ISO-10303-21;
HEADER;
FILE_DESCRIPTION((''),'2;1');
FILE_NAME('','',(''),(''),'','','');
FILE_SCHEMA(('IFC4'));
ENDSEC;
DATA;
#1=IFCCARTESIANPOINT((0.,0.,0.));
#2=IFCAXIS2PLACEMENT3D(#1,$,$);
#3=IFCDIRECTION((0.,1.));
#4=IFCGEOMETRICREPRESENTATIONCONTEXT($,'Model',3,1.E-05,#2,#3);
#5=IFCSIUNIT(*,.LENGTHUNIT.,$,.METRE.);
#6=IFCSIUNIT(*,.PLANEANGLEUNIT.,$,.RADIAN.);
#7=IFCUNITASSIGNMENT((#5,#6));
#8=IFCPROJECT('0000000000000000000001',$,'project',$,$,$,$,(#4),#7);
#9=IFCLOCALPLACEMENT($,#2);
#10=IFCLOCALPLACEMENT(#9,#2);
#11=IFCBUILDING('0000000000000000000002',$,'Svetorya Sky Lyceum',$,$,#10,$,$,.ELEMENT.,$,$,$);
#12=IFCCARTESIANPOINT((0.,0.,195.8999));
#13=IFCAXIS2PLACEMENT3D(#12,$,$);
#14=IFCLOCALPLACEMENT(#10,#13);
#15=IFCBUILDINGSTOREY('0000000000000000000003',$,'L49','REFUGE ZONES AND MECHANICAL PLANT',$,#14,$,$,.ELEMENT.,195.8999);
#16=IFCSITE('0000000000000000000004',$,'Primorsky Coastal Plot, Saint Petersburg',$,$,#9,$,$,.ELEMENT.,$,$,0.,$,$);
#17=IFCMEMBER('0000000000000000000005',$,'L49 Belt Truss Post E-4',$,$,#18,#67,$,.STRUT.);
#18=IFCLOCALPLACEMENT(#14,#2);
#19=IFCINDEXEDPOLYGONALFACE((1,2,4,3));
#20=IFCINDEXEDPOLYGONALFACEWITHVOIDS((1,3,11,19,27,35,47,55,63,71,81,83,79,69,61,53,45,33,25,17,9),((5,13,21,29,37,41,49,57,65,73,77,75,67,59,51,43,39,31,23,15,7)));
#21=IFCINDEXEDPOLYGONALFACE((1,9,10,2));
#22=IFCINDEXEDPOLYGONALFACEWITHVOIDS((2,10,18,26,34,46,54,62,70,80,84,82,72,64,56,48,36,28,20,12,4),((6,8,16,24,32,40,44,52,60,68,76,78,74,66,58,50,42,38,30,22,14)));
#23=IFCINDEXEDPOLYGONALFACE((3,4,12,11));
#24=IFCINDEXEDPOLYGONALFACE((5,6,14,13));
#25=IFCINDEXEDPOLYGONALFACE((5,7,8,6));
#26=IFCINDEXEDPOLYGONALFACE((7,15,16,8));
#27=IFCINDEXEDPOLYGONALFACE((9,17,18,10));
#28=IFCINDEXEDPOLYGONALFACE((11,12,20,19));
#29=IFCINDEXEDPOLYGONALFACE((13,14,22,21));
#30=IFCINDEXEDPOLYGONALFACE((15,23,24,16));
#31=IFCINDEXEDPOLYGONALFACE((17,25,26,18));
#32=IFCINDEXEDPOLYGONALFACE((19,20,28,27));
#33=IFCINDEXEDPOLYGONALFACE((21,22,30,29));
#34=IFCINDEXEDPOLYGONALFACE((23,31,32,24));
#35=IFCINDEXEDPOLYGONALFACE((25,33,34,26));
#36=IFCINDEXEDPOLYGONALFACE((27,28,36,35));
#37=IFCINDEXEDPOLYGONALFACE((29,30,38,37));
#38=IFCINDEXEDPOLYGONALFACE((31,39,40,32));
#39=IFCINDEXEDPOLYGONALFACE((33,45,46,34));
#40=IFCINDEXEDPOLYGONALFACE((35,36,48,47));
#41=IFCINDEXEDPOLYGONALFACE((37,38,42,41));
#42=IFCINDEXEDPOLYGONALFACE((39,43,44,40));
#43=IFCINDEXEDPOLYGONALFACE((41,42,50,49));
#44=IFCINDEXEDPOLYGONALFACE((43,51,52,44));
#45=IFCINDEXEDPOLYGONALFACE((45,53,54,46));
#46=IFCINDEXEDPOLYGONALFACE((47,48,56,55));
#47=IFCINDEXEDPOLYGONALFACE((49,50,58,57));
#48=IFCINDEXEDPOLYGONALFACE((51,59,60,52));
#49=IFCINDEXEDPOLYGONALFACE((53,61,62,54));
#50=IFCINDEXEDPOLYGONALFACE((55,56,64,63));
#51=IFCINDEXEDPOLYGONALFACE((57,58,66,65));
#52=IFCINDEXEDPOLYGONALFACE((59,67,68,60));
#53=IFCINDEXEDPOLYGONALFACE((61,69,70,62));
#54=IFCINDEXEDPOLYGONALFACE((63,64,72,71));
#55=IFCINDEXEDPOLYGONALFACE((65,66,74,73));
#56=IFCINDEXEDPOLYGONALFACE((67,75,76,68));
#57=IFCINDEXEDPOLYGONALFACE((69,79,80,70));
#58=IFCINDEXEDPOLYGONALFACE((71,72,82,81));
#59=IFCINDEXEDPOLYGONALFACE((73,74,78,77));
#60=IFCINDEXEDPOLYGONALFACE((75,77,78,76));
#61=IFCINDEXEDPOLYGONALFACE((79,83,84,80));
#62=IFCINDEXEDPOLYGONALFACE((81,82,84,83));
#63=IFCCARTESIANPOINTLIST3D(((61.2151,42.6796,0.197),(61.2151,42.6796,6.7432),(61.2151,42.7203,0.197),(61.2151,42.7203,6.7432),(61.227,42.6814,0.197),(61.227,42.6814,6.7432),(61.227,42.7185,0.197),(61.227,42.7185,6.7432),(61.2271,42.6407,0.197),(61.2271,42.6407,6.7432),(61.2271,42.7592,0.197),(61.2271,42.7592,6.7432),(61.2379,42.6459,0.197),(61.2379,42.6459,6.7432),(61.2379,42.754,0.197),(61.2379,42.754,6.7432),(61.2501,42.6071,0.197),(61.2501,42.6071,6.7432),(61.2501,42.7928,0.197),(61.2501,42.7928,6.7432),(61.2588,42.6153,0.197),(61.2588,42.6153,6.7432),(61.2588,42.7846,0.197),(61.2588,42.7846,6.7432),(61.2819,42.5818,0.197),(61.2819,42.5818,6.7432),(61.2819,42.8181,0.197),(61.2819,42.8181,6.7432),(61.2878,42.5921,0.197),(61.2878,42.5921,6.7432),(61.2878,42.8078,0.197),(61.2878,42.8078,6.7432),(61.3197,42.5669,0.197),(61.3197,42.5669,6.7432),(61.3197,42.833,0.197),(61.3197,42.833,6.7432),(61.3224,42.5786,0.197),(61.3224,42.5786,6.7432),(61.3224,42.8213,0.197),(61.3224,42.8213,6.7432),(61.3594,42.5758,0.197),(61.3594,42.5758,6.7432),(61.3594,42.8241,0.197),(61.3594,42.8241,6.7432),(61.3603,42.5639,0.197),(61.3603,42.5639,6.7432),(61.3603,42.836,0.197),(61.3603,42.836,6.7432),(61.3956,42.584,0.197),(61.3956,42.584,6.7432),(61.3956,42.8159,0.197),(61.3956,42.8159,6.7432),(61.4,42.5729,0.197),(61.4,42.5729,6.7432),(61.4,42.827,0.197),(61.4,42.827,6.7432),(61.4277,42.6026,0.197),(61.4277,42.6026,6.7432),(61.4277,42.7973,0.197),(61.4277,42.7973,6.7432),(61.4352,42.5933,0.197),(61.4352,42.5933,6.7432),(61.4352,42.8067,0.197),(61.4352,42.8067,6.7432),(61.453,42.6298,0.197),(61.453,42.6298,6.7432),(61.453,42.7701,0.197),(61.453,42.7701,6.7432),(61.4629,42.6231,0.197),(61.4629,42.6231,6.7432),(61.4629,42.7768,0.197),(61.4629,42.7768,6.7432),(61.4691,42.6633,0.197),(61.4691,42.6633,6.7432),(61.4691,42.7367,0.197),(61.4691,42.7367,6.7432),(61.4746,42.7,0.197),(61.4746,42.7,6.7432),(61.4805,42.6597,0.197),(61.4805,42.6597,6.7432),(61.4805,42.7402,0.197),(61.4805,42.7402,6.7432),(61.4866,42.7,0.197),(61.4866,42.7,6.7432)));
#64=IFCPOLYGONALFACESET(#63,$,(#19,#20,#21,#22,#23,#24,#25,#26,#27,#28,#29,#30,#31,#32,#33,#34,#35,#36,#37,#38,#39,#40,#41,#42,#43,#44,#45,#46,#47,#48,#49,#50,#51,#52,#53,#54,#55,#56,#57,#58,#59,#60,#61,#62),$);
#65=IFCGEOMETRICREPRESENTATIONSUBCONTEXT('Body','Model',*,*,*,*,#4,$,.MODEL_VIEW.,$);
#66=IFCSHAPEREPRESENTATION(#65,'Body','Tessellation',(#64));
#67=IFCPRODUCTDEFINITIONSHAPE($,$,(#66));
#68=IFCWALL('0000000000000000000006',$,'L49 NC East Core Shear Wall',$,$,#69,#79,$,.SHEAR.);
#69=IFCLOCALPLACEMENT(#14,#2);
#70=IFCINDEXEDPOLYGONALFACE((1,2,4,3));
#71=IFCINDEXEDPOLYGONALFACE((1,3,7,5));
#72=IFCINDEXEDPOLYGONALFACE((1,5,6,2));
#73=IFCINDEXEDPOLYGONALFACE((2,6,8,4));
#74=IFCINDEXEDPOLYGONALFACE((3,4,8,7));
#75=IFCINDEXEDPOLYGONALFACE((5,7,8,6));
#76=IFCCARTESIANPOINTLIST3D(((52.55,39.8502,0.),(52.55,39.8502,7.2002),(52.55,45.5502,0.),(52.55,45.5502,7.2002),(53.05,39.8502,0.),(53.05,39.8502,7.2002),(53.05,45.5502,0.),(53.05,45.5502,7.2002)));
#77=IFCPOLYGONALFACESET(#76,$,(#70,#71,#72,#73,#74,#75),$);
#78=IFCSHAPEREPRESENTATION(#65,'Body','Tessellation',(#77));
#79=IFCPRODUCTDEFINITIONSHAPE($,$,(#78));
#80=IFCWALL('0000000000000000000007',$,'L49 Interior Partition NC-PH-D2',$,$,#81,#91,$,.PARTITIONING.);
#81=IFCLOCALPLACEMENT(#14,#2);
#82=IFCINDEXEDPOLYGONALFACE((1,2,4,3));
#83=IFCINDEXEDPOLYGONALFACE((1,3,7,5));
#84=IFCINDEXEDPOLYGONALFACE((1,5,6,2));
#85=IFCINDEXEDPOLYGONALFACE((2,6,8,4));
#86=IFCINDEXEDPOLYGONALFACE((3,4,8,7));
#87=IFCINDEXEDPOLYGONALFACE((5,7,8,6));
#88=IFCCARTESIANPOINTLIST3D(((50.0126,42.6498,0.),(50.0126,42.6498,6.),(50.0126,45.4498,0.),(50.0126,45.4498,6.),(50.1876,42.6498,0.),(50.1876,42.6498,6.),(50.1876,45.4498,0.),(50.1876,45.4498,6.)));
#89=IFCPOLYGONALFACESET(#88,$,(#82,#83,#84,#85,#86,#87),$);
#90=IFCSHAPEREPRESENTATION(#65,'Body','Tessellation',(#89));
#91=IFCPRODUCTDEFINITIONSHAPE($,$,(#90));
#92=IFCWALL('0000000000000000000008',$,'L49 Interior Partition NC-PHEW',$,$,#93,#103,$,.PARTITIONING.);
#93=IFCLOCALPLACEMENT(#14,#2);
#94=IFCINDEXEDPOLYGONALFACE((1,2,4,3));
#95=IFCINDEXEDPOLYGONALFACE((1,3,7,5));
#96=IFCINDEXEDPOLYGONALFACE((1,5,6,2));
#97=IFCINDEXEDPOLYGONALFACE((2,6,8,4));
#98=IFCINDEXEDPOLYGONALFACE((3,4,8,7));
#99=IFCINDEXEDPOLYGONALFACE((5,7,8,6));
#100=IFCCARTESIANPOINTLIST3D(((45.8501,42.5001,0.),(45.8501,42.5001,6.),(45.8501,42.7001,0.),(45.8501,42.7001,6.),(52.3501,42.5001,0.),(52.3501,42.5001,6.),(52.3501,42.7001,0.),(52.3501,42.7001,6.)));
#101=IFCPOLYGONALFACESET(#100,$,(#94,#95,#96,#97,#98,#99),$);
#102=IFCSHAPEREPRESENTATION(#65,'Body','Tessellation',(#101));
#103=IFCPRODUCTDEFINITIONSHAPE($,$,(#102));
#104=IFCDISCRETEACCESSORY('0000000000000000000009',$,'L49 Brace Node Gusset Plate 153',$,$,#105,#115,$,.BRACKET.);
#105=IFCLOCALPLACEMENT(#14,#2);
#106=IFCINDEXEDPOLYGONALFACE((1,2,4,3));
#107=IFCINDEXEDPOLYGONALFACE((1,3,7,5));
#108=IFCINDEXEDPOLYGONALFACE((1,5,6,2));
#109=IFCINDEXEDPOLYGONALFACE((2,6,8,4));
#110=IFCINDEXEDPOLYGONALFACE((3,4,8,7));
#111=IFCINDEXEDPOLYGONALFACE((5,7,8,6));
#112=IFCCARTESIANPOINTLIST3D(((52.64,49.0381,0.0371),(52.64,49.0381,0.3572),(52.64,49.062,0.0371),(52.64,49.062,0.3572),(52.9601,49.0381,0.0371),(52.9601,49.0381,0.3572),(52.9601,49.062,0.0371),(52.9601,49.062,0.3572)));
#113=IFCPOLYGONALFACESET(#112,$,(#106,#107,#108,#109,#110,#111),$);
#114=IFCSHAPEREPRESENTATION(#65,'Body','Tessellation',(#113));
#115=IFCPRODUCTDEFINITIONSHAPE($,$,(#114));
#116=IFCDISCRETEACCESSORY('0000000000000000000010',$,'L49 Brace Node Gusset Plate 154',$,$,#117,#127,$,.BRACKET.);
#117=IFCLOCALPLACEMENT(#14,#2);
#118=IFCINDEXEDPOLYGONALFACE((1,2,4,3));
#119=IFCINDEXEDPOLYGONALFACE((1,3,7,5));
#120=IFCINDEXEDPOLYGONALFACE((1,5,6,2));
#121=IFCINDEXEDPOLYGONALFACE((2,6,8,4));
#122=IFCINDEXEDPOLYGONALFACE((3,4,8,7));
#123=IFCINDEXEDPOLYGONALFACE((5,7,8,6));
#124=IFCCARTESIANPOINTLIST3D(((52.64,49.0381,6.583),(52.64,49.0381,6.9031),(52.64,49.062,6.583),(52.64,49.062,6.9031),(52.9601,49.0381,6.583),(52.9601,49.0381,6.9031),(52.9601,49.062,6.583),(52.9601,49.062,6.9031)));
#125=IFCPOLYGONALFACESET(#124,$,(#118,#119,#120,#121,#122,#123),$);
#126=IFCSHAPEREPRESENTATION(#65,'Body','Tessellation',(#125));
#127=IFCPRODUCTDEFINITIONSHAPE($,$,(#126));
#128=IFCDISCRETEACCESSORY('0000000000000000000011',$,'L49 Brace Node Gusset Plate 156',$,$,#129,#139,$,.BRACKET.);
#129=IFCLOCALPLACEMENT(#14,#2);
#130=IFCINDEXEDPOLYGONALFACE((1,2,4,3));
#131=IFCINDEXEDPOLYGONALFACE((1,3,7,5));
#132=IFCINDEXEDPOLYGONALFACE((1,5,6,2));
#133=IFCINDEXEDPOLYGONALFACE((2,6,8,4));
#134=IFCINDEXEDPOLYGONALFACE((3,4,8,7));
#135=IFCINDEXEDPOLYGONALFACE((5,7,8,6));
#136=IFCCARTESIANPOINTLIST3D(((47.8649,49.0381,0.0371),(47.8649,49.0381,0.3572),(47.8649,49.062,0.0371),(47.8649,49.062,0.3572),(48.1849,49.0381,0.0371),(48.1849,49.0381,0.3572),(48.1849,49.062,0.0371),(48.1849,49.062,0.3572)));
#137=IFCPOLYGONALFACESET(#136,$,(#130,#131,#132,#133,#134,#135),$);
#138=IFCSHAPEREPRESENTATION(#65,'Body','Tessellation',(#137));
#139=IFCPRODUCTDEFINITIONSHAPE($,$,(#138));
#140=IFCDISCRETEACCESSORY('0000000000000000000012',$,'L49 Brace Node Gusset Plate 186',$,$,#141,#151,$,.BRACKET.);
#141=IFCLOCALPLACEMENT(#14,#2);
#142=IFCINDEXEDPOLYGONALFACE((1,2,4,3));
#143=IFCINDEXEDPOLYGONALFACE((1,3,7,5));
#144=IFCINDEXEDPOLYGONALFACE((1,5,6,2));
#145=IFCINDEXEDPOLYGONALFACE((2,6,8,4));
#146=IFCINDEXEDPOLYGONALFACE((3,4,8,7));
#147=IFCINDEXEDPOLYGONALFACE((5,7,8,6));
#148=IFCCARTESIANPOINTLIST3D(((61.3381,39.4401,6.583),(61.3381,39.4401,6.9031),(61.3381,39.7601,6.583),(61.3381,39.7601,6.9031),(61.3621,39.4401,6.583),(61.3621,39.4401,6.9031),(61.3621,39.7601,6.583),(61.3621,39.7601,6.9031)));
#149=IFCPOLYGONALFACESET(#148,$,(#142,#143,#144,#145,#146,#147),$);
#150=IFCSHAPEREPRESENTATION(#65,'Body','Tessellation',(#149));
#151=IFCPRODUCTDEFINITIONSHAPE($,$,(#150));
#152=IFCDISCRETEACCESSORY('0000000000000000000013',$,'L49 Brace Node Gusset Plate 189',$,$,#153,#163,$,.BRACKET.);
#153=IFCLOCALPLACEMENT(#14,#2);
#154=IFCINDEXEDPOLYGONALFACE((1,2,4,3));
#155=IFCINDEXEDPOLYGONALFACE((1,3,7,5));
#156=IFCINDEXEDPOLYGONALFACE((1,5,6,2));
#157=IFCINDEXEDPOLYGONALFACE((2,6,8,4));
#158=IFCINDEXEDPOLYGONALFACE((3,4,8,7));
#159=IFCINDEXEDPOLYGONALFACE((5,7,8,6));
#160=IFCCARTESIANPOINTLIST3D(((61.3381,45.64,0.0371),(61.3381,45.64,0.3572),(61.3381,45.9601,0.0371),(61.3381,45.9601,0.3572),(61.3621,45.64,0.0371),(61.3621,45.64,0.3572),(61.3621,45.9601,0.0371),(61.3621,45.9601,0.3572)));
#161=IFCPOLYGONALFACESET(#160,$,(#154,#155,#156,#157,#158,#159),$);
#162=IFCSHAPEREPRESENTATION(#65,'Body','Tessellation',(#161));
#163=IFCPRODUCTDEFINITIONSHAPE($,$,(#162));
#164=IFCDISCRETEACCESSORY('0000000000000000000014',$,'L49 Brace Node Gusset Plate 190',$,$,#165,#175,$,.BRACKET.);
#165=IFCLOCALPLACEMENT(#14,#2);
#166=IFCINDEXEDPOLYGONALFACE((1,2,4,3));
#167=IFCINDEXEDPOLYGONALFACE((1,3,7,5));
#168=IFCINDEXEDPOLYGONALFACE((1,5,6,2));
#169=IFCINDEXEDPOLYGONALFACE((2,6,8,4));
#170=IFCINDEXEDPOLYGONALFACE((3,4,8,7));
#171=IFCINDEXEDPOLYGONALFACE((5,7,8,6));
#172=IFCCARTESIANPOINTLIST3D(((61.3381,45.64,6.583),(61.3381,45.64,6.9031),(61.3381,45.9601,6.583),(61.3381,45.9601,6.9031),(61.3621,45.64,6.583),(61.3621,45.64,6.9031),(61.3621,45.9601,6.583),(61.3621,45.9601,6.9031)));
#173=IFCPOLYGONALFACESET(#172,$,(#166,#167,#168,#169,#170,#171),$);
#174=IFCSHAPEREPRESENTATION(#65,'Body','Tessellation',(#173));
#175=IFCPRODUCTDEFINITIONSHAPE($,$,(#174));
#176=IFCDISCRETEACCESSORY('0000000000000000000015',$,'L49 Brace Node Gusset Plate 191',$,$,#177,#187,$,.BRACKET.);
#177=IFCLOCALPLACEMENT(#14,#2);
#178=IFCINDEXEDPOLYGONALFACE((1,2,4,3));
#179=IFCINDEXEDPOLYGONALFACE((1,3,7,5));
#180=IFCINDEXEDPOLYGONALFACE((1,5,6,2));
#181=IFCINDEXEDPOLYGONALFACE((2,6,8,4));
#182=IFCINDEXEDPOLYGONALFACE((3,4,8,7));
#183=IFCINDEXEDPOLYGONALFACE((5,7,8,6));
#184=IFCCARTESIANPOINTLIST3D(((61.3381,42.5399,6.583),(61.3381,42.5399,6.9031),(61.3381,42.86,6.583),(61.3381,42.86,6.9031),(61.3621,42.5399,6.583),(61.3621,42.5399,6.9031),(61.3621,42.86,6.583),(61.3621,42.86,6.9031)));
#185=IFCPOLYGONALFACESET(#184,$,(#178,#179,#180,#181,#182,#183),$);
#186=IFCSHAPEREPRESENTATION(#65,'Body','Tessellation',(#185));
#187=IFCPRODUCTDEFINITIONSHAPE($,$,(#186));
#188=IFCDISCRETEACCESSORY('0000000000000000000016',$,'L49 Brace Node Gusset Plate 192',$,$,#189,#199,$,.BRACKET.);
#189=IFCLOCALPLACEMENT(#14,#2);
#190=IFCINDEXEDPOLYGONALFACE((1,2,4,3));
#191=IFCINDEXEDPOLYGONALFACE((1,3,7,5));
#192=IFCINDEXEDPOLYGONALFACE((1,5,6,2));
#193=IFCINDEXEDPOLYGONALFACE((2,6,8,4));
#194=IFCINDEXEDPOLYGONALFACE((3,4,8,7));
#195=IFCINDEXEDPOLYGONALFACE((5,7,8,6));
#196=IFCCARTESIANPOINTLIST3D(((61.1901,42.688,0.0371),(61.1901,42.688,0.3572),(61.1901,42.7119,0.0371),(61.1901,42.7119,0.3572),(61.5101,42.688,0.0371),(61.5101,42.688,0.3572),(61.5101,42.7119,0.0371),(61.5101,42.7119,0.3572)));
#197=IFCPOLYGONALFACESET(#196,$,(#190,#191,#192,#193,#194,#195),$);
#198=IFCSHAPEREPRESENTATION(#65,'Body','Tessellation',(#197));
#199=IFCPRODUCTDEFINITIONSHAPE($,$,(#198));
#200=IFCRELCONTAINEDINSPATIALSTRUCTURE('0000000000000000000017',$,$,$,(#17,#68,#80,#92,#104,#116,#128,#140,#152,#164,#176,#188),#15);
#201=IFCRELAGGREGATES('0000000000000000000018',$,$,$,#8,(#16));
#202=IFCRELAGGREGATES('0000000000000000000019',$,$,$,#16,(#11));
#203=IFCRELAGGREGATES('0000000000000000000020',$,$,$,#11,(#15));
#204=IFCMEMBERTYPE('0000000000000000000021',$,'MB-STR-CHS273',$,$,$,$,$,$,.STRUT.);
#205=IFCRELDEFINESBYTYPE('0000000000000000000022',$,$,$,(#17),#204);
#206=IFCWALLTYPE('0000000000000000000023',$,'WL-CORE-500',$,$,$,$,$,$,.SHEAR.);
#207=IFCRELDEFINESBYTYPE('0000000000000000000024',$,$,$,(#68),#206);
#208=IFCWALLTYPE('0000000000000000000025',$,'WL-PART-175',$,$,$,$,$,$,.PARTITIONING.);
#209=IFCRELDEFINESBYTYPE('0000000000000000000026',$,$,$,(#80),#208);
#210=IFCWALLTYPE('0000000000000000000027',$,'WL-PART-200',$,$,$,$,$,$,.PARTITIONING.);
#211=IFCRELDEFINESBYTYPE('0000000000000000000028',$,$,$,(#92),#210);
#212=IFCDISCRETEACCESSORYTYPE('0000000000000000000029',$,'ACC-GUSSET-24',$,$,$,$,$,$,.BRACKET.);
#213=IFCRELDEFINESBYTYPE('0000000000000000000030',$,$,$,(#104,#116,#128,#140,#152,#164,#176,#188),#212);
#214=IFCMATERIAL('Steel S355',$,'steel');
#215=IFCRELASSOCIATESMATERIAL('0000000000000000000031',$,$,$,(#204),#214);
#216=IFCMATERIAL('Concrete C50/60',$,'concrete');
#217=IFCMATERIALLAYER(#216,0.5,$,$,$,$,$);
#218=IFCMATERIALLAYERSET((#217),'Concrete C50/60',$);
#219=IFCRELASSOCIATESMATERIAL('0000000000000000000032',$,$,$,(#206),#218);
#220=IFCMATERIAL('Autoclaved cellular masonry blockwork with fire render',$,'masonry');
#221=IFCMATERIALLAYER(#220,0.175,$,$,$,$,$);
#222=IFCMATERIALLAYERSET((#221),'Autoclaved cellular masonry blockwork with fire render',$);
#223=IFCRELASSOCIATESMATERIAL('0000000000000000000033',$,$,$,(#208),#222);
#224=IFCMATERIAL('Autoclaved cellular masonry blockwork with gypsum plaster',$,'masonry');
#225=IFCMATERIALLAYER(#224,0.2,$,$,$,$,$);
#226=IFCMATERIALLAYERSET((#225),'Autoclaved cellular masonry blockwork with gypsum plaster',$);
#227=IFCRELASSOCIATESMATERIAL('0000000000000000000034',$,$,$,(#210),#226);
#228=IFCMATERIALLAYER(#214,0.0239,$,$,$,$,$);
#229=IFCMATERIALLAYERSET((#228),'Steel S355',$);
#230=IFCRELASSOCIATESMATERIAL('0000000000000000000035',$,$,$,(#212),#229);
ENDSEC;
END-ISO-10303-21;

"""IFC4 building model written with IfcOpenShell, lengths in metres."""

from ifc_helpers import new_model, si_unit, direction, frame, frame_2d, origin, origin_2d, place, context, subcontext, project, spatial, rectangle, hollow_circle, extrude, material, layer, layer_set, material_profile, profile_set, type_object, element, save


model = new_model("IFC4")

# Units and contexts
model_context = context("Model", 3, precision=1e-05, world=origin(), true_north=direction((0.0, 1.0)))
body_context = subcontext(model_context, "Body", "Model", "MODEL_VIEW")
ifc_project = project(units=[si_unit("LENGTHUNIT", "METRE"), si_unit("PLANEANGLEUNIT", "RADIAN")], contexts=[model_context])

# Site, building, storey
site_placement = place(None, origin())
site = spatial("IfcSite", under=ifc_project, at=site_placement, Name="Primorsky Coastal Plot, Saint Petersburg", CompositionType="ELEMENT", RefElevation=0.0)
building_placement = place(site_placement, origin())
building = spatial("IfcBuilding", under=site, at=building_placement, Name="Svetorya Sky Lyceum", CompositionType="ELEMENT")
storey_placement = place(building_placement, frame((0.0, 0.0, 195.8999)))
storey = spatial("IfcBuildingStorey", under=building, at=storey_placement, Name="L49", Description="REFUGE ZONES AND MECHANICAL PLANT", CompositionType="ELEMENT", Elevation=195.8999)

# Shared definitions
ifc_material_1 = material(Name="Concrete C50/60", Category="concrete")

# Shared definitions
ifc_material_2 = material(Name="Steel S355", Category="steel")

# Member
ifc_material_profile_1 = material_profile(ifc_material_2, hollow_circle(Radius=0.1365, WallThickness=0.012, at=origin_2d()), Name="CHS 273x12")
ifc_profile_set_1 = profile_set([ifc_material_profile_1], Name="Steel S355")
member_type_1 = type_object("IfcMemberType", Name="MB-STR-CHS273", PredefinedType="STRUT", material=ifc_profile_set_1)
member_1_placement = place(storey_placement, frame((61.3501, 42.7, 0.197), z_axis=(0.0, 0.0, 1.0), x_axis=(1.0, 0.0, 0.0)))
element("IfcMember", 1, at=member_1_placement, inside=storey, type_object=member_type_1, Name="L49 Belt Truss Post E-4", PredefinedType="STRUT", context=body_context, shape_type="SweptSolid", body=[
    extrude(hollow_circle(Radius=0.1365, WallThickness=0.012, at=origin_2d()), origin(), (0.0, 0.0, 1.0), 6.5461),
])

# Walls
ifc_layer_1 = layer(ifc_material_1, 0.5)
ifc_layer_set_1 = layer_set([ifc_layer_1], Name="Concrete C50/60")
wall_type_1 = type_object("IfcWallType", Name="WL-CORE-500", PredefinedType="SHEAR", material=ifc_layer_set_1)
wall_1_placement = place(storey_placement, frame((52.8, 39.8501, 0.0), z_axis=(0.0, 0.0, 1.0), x_axis=(0.0, 1.0, 0.0)))
element("IfcWall", 2, at=wall_1_placement, inside=storey, type_object=wall_type_1, Name="L49 NC East Core Shear Wall", PredefinedType="SHEAR", context=body_context, shape_type="SweptSolid", body=[
    extrude(rectangle(XDim=5.7, YDim=0.5, at=frame_2d((2.8501, 0.0))), origin(), (0.0, 0.0, 1.0), 7.2002),
])
ifc_material_3 = material(Name="Autoclaved cellular masonry blockwork with fire render", Category="masonry")
ifc_layer_2 = layer(ifc_material_3, 0.175)
ifc_layer_set_2 = layer_set([ifc_layer_2], Name="Autoclaved cellular masonry blockwork with fire render")
wall_type_2 = type_object("IfcWallType", Name="WL-PART-175", PredefinedType="PARTITIONING", material=ifc_layer_set_2)
wall_2_placement = place(storey_placement, frame((50.1001, 42.6499, 0.0), z_axis=(0.0, 0.0, 1.0), x_axis=(0.0, 1.0, 0.0)))
element("IfcWall", 3, at=wall_2_placement, inside=storey, type_object=wall_type_2, Name="L49 Interior Partition NC-PH-D2", PredefinedType="PARTITIONING", context=body_context, shape_type="SweptSolid", body=[
    extrude(rectangle(XDim=2.8, YDim=0.175, at=frame_2d((1.3999, 0.0))), origin(), (0.0, 0.0, 1.0), 6.0),
])
ifc_material_4 = material(Name="Autoclaved cellular masonry blockwork with gypsum plaster", Category="masonry")
ifc_layer_3 = layer(ifc_material_4, 0.2)
ifc_layer_set_3 = layer_set([ifc_layer_3], Name="Autoclaved cellular masonry blockwork with gypsum plaster")
wall_type_3 = type_object("IfcWallType", Name="WL-PART-200", PredefinedType="PARTITIONING", material=ifc_layer_set_3)
wall_3_placement = place(storey_placement, frame((52.3501, 42.6001, 0.0), z_axis=(0.0, 0.0, 1.0), x_axis=(-1.0, 0.0, 0.0)))
element("IfcWall", 4, at=wall_3_placement, inside=storey, type_object=wall_type_3, Name="L49 Interior Partition NC-PHEW", PredefinedType="PARTITIONING", context=body_context, shape_type="SweptSolid", body=[
    extrude(rectangle(XDim=6.5, YDim=0.2, at=frame_2d((3.25, 0.0))), origin(), (0.0, 0.0, 1.0), 6.0),
])

# Discrete accessories
ifc_layer_4 = layer(ifc_material_2, 0.0239)
ifc_layer_set_4 = layer_set([ifc_layer_4], Name="Steel S355")
discrete_accessory_type = type_object("IfcDiscreteAccessoryType", Name="ACC-GUSSET-24", PredefinedType="BRACKET", material=ifc_layer_set_4)
for number, where, z_axis, x_axis, name in (
    (5, (52.8, 49.05, 0.0371), (0.0, 0.0, 1.0), (1.0, 0.0, 0.0), "L49 Brace Node Gusset Plate 153"),
    (6, (52.8, 49.05, 6.583), (0.0, 0.0, 1.0), (1.0, 0.0, 0.0), "L49 Brace Node Gusset Plate 154"),
    (7, (48.0249, 49.05, 0.0371), (0.0, 0.0, 1.0), (1.0, 0.0, 0.0), "L49 Brace Node Gusset Plate 156"),
):
    element("IfcDiscreteAccessory", number, at=place(storey_placement, frame(where, z_axis=z_axis, x_axis=x_axis)), inside=storey, type_object=discrete_accessory_type, Name=name, PredefinedType="BRACKET", context=body_context, shape_type="SweptSolid", body=[
        extrude(rectangle(XDim=0.3201, YDim=0.0239, at=origin_2d()), origin(), (0.0, 0.0, 1.0), 0.3201),
    ])
for number, where, z_axis, x_axis, name in (
    (8, (61.3501, 39.6001, 6.583), (0.0, 0.0, 1.0), (1.0, 0.0, 0.0), "L49 Brace Node Gusset Plate 186"),
    (9, (61.3501, 45.8, 0.0371), (0.0, 0.0, 1.0), (1.0, 0.0, 0.0), "L49 Brace Node Gusset Plate 189"),
    (10, (61.3501, 45.8, 6.583), (0.0, 0.0, 1.0), (1.0, 0.0, 0.0), "L49 Brace Node Gusset Plate 190"),
    (11, (61.3501, 42.7, 6.583), (0.0, 0.0, 1.0), (1.0, 0.0, 0.0), "L49 Brace Node Gusset Plate 191"),
):
    element("IfcDiscreteAccessory", number, at=place(storey_placement, frame(where, z_axis=z_axis, x_axis=x_axis)), inside=storey, type_object=discrete_accessory_type, Name=name, PredefinedType="BRACKET", context=body_context, shape_type="SweptSolid", body=[
        extrude(rectangle(XDim=0.0239, YDim=0.3201, at=origin_2d()), origin(), (0.0, 0.0, 1.0), 0.3201),
    ])
discrete_accessory_placement = place(storey_placement, frame((61.3501, 42.7, 0.0371), z_axis=(0.0, 0.0, 1.0), x_axis=(1.0, 0.0, 0.0)))
element("IfcDiscreteAccessory", 12, at=discrete_accessory_placement, inside=storey, type_object=discrete_accessory_type, Name="L49 Brace Node Gusset Plate 192", PredefinedType="BRACKET", context=body_context, shape_type="SweptSolid", body=[
    extrude(rectangle(XDim=0.3201, YDim=0.0239, at=origin_2d()), origin(), (0.0, 0.0, 1.0), 0.3201),
])

save(model, "model.ifc")
